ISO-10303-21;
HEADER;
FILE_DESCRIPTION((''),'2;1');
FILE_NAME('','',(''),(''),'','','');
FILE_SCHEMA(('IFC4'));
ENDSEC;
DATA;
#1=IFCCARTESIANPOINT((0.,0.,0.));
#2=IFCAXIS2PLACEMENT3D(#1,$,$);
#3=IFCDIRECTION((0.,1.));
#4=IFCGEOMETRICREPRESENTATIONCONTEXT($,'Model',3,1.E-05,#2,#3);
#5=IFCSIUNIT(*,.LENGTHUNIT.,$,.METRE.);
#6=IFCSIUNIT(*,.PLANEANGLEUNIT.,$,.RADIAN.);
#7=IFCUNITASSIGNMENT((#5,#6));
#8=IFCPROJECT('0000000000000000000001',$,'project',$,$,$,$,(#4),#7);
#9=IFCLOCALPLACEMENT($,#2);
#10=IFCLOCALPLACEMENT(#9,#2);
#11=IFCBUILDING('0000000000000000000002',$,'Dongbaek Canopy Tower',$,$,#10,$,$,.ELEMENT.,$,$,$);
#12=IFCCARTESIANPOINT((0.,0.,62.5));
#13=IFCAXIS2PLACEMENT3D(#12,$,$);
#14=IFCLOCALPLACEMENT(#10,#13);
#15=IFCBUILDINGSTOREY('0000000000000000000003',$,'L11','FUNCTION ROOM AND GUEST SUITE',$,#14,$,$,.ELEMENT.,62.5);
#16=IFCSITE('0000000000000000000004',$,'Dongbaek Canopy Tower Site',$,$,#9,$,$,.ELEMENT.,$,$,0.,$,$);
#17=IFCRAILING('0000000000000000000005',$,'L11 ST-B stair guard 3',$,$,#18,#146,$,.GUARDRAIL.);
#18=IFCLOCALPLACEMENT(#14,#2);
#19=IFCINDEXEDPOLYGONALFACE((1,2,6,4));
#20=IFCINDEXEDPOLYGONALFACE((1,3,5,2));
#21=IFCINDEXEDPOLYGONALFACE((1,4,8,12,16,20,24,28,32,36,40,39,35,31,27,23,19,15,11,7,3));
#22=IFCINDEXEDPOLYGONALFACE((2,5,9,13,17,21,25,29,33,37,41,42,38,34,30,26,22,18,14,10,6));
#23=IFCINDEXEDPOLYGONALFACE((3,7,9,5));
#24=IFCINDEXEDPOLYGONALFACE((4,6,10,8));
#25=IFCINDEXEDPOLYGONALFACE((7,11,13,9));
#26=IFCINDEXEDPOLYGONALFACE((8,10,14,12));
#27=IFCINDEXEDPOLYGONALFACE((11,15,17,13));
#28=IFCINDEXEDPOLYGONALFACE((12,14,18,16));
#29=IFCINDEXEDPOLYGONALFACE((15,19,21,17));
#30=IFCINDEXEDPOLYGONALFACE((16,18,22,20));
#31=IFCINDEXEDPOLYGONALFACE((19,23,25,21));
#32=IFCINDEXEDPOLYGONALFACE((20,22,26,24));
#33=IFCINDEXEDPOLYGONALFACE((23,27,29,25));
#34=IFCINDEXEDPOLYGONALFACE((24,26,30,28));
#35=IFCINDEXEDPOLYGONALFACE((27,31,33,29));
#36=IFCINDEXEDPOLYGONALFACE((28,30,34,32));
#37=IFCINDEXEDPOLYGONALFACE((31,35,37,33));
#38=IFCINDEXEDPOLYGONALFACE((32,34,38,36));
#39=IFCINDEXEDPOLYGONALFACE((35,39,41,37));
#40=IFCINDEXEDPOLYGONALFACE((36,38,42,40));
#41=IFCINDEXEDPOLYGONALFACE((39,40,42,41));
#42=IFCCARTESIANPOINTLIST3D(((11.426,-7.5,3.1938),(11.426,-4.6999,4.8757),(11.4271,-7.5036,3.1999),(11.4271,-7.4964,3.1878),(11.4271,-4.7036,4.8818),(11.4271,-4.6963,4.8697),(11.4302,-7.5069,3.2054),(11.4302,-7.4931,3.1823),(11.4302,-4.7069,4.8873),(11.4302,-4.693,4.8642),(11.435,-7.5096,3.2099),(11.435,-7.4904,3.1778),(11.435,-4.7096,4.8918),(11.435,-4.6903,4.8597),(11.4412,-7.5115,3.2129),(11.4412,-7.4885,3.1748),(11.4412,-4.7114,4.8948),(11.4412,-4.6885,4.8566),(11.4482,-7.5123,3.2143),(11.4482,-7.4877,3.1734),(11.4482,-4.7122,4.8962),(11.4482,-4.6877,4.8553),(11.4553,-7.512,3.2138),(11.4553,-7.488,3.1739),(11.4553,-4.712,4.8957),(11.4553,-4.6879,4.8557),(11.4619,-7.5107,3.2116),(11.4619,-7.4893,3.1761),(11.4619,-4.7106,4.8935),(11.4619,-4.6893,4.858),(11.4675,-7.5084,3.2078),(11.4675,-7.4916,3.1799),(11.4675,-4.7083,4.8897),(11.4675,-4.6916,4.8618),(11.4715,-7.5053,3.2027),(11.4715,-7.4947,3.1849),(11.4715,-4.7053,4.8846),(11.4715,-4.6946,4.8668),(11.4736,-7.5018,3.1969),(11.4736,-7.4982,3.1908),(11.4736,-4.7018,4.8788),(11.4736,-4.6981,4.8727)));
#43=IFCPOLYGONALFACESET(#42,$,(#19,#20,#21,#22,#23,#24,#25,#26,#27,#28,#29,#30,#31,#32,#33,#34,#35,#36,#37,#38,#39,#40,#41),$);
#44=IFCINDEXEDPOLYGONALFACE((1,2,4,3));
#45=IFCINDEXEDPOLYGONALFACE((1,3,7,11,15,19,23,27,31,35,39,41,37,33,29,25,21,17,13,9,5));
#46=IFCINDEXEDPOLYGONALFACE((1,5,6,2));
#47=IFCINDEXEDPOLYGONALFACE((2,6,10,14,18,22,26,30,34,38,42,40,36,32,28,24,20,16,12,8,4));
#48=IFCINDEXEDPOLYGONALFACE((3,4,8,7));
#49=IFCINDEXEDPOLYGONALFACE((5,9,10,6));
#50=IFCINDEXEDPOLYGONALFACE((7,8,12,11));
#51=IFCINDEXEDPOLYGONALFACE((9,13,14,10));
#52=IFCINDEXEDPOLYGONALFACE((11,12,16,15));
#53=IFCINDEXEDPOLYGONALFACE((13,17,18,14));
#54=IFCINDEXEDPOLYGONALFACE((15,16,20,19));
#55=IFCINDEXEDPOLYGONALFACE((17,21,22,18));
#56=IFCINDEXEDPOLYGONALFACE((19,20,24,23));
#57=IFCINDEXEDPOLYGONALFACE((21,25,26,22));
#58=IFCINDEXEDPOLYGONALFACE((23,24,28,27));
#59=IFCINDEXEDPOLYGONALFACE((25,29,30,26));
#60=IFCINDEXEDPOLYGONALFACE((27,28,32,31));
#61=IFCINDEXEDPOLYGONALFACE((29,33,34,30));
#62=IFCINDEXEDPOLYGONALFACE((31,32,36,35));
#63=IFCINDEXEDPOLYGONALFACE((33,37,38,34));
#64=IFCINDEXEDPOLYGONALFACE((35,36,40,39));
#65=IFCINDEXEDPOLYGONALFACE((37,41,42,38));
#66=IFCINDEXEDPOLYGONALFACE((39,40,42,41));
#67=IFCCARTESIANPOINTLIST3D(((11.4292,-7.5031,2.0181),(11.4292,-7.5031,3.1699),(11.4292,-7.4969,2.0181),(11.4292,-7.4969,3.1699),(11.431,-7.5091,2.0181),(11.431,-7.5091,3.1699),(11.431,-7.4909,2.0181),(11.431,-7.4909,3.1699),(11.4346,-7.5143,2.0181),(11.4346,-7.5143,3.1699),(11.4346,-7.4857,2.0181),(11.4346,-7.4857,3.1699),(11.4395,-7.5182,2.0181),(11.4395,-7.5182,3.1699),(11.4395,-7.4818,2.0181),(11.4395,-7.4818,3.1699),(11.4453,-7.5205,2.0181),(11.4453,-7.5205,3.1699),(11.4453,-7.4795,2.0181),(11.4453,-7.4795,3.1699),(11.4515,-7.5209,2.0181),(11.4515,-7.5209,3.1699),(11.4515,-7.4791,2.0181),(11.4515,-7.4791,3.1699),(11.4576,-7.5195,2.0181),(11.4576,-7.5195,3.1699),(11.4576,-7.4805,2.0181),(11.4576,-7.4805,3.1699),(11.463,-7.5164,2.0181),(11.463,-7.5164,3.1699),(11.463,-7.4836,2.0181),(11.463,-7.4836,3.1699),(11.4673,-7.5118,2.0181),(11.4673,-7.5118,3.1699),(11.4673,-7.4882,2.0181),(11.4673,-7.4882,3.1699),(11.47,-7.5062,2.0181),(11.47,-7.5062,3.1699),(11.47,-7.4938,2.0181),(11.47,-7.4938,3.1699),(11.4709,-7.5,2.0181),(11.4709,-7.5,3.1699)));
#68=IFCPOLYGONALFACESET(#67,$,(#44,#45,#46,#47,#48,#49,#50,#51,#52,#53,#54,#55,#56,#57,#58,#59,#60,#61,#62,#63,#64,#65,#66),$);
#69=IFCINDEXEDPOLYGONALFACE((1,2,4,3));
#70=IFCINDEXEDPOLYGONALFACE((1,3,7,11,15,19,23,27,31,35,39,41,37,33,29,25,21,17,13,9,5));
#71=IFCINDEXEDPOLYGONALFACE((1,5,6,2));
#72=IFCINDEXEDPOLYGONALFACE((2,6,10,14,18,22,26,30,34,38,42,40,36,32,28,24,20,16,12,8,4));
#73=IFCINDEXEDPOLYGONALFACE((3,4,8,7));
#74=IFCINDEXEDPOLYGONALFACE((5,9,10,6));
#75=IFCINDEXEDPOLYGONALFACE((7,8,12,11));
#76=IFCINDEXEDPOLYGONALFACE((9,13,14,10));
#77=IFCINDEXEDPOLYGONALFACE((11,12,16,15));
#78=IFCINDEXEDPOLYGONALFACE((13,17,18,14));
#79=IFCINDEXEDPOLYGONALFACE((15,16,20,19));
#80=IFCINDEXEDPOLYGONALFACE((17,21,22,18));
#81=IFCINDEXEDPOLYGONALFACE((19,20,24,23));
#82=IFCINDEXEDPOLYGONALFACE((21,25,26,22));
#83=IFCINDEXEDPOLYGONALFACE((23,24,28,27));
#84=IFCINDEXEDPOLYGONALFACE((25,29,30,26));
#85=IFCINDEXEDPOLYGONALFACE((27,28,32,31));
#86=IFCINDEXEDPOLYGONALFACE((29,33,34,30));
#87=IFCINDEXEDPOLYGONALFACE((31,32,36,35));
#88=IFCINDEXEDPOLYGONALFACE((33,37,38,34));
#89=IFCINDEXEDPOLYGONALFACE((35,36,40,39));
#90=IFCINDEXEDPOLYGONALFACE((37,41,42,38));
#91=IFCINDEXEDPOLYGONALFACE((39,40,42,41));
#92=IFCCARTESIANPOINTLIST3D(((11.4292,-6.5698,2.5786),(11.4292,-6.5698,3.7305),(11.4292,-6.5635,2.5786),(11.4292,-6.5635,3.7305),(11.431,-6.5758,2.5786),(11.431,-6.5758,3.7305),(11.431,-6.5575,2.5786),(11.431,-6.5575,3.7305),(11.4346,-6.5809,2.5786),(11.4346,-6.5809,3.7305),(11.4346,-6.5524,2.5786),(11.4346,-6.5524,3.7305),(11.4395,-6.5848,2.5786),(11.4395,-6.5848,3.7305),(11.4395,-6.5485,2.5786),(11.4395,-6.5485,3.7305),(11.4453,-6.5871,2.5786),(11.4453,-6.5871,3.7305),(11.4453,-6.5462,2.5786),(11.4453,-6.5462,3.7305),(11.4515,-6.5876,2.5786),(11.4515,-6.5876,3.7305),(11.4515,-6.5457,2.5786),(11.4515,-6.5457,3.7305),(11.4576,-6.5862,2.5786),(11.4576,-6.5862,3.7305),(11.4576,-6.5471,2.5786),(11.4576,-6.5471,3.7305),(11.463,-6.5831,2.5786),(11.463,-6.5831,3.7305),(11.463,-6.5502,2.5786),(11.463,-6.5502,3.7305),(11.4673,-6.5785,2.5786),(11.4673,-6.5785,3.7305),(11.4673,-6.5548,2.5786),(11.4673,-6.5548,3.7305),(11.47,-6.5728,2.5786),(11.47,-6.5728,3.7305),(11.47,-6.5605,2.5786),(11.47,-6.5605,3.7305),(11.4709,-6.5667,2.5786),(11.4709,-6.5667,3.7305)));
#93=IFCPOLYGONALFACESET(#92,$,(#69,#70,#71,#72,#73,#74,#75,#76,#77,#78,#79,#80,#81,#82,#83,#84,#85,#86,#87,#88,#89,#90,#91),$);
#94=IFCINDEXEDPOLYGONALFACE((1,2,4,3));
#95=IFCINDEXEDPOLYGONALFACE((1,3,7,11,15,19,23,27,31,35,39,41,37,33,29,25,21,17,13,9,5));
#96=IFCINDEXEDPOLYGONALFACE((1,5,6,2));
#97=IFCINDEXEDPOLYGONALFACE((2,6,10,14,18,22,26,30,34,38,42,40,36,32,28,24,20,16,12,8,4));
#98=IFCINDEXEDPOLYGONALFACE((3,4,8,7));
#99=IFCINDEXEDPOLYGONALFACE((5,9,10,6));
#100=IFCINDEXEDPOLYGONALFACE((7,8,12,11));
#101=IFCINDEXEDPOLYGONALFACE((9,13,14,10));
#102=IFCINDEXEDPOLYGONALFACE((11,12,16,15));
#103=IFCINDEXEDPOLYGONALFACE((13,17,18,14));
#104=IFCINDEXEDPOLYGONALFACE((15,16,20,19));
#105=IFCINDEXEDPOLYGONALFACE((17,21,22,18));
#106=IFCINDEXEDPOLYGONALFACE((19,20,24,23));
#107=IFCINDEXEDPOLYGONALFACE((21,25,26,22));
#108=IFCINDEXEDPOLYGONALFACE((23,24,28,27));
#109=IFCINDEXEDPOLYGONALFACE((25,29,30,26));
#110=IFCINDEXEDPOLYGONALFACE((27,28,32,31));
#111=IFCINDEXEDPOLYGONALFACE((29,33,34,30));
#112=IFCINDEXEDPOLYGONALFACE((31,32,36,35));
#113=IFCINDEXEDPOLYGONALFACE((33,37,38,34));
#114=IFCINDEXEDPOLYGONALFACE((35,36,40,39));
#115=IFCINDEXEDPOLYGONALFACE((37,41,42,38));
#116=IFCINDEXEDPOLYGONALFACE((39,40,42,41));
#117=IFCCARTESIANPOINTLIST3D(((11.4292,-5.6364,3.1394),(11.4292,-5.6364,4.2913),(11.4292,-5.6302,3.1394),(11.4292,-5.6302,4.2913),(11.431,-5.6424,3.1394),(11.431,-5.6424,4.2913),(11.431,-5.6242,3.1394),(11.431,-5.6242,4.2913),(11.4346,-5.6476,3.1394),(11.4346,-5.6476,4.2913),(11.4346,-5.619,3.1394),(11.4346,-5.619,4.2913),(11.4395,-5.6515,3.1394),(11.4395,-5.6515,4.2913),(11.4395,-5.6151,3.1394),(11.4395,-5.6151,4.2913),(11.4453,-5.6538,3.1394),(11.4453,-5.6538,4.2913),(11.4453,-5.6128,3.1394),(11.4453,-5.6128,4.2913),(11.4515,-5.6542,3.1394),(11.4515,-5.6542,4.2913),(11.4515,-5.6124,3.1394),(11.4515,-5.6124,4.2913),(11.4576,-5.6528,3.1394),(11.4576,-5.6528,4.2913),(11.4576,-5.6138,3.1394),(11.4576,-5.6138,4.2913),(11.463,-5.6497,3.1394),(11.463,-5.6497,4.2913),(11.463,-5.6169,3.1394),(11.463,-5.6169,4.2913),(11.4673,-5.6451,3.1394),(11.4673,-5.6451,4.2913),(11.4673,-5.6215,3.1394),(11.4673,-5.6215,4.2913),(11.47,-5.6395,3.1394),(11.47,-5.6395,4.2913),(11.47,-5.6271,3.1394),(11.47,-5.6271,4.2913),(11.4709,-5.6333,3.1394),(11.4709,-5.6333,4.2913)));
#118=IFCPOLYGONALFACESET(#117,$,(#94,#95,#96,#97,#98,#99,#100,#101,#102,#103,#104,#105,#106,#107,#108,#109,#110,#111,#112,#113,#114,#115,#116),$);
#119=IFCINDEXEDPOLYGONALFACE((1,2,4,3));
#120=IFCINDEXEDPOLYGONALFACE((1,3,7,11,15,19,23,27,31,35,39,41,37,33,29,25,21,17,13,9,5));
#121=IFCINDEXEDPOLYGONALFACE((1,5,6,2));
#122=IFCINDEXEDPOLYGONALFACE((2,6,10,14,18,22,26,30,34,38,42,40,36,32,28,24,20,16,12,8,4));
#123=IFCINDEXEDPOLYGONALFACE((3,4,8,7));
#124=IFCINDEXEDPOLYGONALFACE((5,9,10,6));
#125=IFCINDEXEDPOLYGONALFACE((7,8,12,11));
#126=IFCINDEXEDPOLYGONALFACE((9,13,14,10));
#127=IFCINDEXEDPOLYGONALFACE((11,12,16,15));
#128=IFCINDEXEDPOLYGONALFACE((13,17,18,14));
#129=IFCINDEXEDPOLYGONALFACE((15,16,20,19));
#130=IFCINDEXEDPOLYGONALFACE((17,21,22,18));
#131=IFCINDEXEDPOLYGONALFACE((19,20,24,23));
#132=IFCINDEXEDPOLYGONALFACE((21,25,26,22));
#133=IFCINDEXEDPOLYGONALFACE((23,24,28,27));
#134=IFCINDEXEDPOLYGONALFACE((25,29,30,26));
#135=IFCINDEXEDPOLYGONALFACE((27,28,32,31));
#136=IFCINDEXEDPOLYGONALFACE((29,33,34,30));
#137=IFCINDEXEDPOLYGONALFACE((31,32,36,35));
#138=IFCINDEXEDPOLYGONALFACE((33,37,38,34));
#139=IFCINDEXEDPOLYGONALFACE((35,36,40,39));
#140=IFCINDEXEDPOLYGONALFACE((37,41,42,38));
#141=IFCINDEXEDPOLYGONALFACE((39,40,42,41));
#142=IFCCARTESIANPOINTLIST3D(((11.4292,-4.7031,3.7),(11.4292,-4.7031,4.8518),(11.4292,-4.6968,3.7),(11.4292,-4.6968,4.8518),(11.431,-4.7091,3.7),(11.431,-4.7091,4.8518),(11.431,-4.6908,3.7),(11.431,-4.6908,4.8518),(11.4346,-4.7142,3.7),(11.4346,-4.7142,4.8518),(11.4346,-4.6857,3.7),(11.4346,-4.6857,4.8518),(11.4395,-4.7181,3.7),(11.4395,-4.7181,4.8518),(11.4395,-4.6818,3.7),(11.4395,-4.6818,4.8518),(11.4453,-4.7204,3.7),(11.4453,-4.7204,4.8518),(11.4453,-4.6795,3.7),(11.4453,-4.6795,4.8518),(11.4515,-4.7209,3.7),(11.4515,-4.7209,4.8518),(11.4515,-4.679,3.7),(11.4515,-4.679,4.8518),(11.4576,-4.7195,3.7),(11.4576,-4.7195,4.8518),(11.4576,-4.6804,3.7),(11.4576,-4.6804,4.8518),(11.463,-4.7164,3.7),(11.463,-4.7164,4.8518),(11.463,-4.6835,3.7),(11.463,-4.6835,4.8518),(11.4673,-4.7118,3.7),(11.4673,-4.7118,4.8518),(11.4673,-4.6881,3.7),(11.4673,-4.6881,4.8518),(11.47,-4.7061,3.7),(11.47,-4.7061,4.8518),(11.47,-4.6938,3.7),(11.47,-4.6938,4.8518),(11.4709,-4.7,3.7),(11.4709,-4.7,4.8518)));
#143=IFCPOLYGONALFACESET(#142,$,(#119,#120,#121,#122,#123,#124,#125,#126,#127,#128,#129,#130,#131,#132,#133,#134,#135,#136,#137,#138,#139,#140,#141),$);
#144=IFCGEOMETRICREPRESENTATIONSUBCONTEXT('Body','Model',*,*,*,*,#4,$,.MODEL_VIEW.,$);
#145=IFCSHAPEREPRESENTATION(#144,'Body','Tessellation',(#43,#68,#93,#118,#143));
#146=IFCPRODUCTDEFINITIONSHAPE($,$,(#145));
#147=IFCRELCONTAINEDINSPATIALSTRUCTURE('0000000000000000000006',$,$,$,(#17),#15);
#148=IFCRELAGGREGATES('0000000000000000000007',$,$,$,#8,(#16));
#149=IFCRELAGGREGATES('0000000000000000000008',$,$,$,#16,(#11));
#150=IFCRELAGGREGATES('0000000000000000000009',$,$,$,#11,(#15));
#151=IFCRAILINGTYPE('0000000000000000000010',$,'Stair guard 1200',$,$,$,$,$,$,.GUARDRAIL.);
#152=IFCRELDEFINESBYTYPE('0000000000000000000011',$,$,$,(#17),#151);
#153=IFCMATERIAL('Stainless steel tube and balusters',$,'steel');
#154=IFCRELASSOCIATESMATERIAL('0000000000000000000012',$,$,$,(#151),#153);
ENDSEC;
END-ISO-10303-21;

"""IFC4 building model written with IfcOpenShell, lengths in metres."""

from ifc_helpers import new_model, si_unit, direction, frame, origin, origin_2d, place, context, subcontext, project, spatial, circle, extrude, material, type_object, element, save


model = new_model("IFC4")

# Units and contexts
model_context = context("Model", 3, precision=1e-05, world=origin(), true_north=direction((0.0, 1.0)))
body_context = subcontext(model_context, "Body", "Model", "MODEL_VIEW")
ifc_project = project(units=[si_unit("LENGTHUNIT", "METRE"), si_unit("PLANEANGLEUNIT", "RADIAN")], contexts=[model_context])

# Site, building, storey
site_placement = place(None, origin())
site = spatial("IfcSite", under=ifc_project, at=site_placement, Name="Dongbaek Canopy Tower Site", CompositionType="ELEMENT", RefElevation=0.0)
building_placement = place(site_placement, origin())
building = spatial("IfcBuilding", under=site, at=building_placement, Name="Dongbaek Canopy Tower", CompositionType="ELEMENT")
storey_placement = place(building_placement, frame((0.0, 0.0, 62.5)))
storey = spatial("IfcBuildingStorey", under=building, at=storey_placement, Name="L11", Description="FUNCTION ROOM AND GUEST SUITE", CompositionType="ELEMENT", Elevation=62.5)

# Railing
ifc_material_1 = material(Name="Stainless steel tube and balusters", Category="steel")
railing_type_1 = type_object("IfcRailingType", Name="Stair guard 1200", PredefinedType="GUARDRAIL", material=ifc_material_1)
railing_1_placement = place(storey_placement, frame((11.45, -7.5, 2.0181)))
element("IfcRailing", 1, at=railing_1_placement, inside=storey, type_object=railing_type_1, Name="L11 ST-B stair guard 3", PredefinedType="GUARDRAIL", context=body_context, shape_type="SweptSolid", body=[
    extrude(circle(Radius=0.0239, at=origin_2d()), frame((0.0, 0.0, 1.1758), z_axis=(0.0, 0.857242, 0.514913), x_axis=(-1.0, 0.0, 0.0)), (0.0, 0.0, 1.0), 3.2664),
    extrude(circle(Radius=0.021, at=origin_2d()), origin(), (0.0, 0.0, 1.0), 1.1519),
    extrude(circle(Radius=0.021, at=origin_2d()), frame((0.0, 0.9333, 0.5605)), (0.0, 0.0, 1.0), 1.1519),
    extrude(circle(Radius=0.021, at=origin_2d()), frame((0.0, 1.8667, 1.1213)), (0.0, 0.0, 1.0), 1.1519),
    extrude(circle(Radius=0.021, at=origin_2d()), frame((0.0, 2.8, 1.6819)), (0.0, 0.0, 1.0), 1.1519),
])

save(model, "model.ifc")
